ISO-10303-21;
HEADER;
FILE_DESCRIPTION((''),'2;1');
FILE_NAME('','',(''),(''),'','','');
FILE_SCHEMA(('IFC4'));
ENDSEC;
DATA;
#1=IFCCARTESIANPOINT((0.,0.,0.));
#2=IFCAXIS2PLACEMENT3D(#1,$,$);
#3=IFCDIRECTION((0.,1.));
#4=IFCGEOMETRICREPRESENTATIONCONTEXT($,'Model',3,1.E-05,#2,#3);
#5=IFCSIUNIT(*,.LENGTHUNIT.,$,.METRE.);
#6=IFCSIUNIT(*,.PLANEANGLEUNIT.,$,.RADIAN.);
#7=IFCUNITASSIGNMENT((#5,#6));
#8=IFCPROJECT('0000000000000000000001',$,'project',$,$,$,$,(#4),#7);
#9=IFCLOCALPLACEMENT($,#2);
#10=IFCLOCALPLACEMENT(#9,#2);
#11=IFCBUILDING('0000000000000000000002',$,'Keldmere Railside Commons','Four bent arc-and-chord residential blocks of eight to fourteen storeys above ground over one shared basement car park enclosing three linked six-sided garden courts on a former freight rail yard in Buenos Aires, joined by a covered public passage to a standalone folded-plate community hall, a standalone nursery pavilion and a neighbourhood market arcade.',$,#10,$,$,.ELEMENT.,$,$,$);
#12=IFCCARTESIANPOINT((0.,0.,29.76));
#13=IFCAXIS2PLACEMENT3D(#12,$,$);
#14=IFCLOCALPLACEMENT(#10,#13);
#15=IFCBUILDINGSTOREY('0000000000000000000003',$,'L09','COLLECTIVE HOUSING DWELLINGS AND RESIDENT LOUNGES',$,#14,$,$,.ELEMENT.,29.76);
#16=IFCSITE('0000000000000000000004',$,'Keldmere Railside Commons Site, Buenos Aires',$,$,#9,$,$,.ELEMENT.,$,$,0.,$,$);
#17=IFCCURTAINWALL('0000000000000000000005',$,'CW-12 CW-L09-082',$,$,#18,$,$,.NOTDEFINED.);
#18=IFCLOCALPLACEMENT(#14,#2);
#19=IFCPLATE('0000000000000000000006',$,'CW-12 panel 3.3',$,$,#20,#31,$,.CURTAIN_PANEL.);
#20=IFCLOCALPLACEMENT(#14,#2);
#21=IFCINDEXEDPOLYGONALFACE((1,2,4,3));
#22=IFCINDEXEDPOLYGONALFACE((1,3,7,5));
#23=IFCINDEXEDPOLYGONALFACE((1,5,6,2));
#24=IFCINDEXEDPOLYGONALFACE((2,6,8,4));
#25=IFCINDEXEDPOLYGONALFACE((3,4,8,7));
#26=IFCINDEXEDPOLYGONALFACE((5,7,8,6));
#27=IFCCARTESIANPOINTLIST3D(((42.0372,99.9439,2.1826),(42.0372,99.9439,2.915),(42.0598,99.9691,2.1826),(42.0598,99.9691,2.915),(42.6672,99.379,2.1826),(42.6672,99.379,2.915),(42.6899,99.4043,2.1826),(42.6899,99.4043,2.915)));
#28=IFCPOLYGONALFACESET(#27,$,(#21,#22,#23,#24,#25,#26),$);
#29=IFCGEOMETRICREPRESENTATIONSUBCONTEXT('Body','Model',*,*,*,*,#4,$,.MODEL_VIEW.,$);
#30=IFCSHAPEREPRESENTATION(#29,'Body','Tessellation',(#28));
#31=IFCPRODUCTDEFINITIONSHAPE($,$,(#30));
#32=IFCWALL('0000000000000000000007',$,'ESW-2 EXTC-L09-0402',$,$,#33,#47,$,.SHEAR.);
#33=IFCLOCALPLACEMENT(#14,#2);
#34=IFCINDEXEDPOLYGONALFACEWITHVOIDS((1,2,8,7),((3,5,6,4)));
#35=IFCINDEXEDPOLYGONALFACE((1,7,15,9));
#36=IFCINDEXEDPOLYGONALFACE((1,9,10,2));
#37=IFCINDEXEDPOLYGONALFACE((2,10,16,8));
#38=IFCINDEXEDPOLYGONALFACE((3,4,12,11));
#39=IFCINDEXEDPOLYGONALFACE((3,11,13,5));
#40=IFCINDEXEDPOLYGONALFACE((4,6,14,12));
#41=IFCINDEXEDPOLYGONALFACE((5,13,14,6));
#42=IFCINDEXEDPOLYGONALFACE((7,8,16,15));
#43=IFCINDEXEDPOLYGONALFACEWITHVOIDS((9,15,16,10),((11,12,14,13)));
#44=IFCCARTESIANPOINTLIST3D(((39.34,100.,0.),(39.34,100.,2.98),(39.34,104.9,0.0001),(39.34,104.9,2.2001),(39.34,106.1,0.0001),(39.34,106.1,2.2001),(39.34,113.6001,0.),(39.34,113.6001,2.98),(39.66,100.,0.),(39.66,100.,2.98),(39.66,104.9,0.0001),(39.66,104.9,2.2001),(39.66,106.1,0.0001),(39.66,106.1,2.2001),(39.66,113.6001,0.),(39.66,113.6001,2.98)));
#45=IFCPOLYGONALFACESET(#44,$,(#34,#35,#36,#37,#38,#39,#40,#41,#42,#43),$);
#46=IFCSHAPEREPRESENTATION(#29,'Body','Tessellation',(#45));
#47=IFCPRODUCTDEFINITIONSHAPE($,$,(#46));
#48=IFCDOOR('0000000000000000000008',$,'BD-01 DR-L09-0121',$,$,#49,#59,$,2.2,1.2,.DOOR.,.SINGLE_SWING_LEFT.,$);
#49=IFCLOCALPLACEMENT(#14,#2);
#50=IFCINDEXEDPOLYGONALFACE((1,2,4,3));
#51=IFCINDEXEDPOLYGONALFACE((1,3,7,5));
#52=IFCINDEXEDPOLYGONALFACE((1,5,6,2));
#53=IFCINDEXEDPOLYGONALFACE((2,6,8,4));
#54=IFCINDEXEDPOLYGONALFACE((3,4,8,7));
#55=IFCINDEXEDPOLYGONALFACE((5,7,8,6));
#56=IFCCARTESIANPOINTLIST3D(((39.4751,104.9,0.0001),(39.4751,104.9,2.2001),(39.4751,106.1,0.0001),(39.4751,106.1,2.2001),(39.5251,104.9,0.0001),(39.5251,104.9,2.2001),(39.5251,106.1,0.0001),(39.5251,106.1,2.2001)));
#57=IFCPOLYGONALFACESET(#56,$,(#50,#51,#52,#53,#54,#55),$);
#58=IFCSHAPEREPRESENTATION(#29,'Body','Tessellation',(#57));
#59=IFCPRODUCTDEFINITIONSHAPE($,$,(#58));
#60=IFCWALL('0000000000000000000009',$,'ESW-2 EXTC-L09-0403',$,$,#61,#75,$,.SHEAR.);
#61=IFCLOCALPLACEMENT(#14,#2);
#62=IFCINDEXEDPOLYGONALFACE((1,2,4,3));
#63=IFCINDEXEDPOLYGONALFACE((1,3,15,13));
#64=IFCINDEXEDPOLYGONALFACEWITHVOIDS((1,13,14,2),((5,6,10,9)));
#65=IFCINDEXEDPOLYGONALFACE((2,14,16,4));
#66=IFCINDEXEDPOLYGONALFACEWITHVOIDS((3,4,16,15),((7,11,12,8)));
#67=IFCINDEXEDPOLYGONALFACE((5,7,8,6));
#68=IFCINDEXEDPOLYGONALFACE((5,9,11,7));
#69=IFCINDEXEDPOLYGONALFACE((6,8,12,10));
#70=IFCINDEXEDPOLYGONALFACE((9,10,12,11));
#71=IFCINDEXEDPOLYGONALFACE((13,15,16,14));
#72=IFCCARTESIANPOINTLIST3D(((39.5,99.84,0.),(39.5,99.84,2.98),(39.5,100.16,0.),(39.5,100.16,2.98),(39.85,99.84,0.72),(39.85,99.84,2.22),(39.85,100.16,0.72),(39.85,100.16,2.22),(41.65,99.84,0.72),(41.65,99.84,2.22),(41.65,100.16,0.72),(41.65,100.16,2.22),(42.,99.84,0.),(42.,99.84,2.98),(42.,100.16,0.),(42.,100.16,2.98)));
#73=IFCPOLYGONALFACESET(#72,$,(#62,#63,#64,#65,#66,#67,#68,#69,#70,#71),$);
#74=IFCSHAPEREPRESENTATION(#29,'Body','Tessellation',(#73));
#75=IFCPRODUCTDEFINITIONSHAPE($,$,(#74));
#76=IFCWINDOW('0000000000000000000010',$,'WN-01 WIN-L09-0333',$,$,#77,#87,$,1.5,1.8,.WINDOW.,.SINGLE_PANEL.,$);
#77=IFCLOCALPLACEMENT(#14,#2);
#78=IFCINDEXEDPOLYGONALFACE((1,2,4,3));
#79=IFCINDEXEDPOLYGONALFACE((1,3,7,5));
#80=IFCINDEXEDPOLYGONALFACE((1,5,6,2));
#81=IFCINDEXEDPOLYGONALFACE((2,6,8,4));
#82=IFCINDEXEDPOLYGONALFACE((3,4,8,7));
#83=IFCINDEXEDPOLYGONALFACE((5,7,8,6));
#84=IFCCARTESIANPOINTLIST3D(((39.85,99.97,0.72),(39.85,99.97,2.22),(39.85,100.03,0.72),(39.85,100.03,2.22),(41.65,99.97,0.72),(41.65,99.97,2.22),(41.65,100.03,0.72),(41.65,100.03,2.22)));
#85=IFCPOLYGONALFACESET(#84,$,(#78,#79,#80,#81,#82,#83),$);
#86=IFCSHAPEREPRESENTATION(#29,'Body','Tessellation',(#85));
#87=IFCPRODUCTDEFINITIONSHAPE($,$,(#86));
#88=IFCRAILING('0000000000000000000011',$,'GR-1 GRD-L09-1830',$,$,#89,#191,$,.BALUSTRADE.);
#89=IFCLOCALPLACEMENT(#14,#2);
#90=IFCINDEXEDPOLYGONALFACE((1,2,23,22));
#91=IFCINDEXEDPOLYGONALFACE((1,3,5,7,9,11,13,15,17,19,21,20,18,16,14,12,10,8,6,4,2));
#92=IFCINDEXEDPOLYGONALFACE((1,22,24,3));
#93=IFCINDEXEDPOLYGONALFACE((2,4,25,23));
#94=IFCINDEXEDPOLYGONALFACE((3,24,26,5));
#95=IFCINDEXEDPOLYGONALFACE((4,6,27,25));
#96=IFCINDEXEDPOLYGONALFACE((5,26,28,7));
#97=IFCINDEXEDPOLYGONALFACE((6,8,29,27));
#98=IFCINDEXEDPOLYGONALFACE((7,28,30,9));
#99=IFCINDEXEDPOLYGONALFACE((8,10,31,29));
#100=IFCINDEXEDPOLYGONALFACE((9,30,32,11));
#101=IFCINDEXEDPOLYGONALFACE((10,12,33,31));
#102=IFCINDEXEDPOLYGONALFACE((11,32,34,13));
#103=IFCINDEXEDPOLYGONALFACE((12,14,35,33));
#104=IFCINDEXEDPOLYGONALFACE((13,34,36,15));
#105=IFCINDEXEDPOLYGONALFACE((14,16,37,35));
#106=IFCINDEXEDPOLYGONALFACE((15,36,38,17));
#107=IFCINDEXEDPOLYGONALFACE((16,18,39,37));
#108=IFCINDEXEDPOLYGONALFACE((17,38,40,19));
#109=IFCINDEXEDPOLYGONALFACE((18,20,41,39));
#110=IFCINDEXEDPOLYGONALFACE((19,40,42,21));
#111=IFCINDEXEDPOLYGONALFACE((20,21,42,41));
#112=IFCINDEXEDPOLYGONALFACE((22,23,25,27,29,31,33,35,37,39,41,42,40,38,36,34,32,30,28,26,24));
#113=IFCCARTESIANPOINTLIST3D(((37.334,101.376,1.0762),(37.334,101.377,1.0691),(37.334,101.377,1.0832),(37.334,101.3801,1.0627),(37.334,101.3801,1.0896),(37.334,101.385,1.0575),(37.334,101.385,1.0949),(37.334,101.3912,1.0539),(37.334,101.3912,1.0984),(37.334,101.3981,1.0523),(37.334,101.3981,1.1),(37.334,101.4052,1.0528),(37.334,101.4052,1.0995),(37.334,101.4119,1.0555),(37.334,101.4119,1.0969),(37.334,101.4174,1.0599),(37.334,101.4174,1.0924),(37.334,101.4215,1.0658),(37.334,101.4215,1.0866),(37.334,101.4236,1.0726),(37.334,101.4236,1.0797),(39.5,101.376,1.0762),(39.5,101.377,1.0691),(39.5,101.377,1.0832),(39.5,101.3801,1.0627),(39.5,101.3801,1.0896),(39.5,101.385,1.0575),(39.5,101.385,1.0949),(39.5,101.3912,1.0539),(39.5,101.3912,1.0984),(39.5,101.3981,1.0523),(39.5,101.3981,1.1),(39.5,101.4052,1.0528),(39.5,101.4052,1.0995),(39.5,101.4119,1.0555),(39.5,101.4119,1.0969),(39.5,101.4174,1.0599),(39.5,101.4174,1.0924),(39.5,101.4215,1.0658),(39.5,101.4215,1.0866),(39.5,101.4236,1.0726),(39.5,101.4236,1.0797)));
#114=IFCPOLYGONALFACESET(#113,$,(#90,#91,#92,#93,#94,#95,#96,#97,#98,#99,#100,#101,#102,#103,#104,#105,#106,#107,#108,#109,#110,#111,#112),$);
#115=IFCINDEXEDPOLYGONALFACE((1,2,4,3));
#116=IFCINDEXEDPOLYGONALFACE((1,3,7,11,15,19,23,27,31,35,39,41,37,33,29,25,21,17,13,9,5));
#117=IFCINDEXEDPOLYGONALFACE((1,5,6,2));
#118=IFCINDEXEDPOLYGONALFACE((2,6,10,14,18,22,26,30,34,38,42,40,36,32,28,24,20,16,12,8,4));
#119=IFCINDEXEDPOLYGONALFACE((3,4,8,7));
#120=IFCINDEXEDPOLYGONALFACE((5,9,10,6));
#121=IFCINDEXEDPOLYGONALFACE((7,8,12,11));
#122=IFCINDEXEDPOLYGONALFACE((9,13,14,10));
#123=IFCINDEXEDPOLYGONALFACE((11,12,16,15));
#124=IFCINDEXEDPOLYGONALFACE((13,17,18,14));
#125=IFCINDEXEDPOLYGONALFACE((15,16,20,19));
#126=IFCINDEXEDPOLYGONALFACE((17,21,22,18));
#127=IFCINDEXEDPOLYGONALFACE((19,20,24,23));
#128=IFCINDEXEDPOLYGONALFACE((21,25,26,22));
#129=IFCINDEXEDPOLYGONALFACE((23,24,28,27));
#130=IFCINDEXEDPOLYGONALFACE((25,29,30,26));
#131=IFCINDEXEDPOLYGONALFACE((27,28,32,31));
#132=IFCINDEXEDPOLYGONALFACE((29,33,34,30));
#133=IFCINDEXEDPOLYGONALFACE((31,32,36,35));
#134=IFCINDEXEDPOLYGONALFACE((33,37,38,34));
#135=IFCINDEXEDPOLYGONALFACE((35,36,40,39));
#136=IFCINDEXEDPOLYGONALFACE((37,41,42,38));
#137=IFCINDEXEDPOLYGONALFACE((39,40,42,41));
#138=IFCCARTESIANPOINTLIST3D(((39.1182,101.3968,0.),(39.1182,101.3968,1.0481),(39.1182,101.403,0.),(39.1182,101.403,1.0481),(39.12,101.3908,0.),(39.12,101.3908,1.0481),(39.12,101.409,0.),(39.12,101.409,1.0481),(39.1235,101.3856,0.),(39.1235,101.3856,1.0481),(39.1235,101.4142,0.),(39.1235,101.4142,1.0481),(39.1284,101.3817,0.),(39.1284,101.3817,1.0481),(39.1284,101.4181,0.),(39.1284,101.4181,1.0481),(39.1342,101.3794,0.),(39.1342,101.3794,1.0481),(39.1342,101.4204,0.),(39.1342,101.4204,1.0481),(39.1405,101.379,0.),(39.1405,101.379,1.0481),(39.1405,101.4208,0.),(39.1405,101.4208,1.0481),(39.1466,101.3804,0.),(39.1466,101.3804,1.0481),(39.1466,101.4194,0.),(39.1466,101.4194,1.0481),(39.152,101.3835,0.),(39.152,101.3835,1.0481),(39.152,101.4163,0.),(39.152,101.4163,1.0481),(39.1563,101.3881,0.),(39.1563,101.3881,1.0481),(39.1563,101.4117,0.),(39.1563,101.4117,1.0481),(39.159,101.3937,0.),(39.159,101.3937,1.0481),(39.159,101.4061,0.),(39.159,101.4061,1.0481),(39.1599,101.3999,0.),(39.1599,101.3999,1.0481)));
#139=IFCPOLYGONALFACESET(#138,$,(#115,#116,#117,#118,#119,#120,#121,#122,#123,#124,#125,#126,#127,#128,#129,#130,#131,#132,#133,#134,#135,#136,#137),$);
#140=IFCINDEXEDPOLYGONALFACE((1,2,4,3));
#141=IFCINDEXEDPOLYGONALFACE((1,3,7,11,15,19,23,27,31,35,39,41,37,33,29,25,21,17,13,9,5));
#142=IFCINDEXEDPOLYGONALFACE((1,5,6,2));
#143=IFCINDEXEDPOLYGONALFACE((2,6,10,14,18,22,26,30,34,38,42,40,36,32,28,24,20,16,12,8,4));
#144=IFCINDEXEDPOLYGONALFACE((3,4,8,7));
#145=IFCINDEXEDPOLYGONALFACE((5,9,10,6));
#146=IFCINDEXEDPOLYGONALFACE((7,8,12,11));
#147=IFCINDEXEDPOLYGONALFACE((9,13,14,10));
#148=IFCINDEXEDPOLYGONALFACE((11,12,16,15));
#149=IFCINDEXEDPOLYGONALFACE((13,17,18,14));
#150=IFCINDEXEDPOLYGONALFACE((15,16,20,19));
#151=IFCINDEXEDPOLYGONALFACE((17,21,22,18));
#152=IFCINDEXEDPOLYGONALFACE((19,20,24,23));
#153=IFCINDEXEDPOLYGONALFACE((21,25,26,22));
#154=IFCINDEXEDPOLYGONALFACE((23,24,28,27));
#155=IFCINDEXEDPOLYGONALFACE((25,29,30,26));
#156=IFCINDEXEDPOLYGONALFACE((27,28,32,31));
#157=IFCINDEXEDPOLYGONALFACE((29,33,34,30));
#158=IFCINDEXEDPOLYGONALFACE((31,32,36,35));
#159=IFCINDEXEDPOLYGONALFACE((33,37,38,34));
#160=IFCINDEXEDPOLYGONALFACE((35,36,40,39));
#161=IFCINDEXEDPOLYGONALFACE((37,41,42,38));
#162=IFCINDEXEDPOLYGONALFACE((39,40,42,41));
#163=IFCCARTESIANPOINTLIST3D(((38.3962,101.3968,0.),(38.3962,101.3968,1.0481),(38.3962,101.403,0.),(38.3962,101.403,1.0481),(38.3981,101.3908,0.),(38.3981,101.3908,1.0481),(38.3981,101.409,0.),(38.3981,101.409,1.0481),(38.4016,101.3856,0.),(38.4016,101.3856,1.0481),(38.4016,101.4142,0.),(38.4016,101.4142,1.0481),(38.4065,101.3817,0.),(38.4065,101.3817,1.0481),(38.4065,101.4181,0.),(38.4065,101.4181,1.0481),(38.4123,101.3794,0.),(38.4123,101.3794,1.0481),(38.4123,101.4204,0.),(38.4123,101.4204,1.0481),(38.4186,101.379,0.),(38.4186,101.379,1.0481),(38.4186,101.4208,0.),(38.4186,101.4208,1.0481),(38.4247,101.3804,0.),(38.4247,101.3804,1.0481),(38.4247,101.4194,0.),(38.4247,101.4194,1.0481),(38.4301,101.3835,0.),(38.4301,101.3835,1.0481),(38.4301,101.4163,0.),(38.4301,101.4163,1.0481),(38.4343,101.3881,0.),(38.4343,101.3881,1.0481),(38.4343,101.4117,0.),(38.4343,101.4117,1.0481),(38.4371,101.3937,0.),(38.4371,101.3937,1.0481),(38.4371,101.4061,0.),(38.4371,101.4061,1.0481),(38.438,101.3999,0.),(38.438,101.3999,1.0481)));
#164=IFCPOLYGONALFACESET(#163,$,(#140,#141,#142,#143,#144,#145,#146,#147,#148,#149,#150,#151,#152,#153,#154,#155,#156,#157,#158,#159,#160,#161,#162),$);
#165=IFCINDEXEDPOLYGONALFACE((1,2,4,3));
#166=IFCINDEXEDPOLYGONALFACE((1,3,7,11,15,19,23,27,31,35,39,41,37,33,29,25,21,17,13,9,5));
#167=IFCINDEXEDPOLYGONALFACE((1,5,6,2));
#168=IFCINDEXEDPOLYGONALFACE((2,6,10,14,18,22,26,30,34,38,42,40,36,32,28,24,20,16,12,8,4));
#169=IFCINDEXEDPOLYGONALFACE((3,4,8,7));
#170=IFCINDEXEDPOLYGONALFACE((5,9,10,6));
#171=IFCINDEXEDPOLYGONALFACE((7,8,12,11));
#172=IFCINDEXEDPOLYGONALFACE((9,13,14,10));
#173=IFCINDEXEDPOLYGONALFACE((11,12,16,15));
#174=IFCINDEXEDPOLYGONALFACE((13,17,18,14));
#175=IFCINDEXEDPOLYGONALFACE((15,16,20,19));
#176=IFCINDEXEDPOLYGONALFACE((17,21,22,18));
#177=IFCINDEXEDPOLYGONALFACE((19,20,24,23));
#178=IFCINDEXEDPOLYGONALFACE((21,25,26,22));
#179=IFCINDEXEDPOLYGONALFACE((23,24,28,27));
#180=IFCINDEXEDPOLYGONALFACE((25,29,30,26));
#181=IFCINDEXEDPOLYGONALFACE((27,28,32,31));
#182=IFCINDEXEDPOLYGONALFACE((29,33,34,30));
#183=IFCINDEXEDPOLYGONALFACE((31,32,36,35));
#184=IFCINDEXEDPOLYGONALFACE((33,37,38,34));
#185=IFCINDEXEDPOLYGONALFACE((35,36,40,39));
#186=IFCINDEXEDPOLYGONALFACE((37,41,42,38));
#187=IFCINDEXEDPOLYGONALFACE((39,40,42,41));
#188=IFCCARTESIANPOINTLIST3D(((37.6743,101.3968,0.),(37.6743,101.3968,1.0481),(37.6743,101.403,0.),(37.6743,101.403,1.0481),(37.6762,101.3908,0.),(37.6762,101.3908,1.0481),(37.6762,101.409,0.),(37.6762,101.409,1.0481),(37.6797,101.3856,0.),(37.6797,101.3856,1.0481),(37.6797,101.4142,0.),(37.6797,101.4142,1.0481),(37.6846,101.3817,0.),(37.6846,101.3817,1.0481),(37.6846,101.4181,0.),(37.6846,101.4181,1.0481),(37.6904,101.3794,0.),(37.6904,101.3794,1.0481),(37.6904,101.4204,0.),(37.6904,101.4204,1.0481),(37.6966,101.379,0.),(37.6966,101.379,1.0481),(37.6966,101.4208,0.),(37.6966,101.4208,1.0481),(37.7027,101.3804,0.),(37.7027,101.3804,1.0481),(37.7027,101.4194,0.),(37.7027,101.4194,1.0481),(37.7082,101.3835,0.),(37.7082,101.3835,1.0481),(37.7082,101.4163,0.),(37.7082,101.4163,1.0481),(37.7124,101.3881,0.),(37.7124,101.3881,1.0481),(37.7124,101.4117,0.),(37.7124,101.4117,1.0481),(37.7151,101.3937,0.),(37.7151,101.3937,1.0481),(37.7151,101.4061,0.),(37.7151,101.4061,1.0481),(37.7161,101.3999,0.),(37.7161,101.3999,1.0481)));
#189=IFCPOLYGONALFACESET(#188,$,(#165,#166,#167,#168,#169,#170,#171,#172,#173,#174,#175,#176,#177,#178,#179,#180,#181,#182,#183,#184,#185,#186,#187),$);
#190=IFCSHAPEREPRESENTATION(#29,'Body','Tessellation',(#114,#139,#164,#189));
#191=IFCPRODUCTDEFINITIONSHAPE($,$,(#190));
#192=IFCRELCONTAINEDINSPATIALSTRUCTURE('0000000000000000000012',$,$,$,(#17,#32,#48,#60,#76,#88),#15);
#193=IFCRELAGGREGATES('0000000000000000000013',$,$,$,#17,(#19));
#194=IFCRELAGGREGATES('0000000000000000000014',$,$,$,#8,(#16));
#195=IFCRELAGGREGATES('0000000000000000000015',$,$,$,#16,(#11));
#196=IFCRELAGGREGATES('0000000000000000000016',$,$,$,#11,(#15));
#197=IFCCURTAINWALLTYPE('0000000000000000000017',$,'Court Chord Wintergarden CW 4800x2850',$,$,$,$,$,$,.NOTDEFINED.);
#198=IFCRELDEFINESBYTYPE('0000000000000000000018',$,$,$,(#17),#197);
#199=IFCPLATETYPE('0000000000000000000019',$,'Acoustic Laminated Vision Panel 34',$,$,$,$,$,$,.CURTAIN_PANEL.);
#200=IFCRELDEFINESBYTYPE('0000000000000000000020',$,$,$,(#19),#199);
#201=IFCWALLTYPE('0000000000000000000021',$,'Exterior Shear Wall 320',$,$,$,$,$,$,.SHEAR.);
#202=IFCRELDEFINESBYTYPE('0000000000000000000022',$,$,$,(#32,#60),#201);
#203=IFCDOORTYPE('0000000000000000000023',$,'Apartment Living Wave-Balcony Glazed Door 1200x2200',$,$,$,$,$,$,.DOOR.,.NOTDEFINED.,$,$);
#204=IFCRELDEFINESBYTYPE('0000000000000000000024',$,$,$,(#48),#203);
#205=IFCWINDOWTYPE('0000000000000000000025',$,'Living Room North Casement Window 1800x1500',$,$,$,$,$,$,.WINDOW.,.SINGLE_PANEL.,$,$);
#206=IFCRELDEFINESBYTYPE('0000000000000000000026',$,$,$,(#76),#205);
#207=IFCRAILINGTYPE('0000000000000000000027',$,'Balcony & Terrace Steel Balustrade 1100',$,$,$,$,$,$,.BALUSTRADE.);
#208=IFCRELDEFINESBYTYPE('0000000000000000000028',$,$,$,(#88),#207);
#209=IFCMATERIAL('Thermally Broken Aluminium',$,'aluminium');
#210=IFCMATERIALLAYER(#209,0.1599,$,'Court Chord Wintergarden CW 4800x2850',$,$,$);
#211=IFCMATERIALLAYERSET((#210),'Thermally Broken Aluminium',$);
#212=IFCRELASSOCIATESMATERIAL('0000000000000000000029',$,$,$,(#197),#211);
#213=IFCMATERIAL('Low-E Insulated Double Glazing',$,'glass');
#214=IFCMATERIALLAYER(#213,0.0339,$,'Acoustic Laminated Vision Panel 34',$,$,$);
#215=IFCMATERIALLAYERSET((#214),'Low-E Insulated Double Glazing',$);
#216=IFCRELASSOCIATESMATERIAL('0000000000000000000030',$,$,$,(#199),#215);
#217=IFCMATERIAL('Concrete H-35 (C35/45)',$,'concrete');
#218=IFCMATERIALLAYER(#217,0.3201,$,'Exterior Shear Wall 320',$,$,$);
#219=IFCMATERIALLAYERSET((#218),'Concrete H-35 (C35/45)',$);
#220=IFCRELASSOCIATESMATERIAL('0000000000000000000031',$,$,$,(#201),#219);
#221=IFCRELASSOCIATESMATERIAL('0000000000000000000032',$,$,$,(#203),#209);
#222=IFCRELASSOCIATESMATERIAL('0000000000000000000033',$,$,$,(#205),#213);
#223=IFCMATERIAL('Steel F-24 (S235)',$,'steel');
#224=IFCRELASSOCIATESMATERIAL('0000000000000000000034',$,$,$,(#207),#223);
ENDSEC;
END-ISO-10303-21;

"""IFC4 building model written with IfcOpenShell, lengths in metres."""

from ifc_helpers import new_model, si_unit, direction, frame, frame_2d, origin, origin_2d, place, context, subcontext, project, spatial, rectangle, circle, extrude, material, layer, layer_set, type_object, element, fill, aggregate, save


model = new_model("IFC4")

# Units and contexts
model_context = context("Model", 3, precision=1e-05, world=origin(), true_north=direction((0.0, 1.0)))
body_context = subcontext(model_context, "Body", "Model", "MODEL_VIEW")
ifc_project = project(units=[si_unit("LENGTHUNIT", "METRE"), si_unit("PLANEANGLEUNIT", "RADIAN")], contexts=[model_context])

# Site, building, storey
site_placement = place(None, origin())
site = spatial("IfcSite", under=ifc_project, at=site_placement, Name="Keldmere Railside Commons Site, Buenos Aires", CompositionType="ELEMENT", RefElevation=0.0)
building_placement = place(site_placement, origin())
building = spatial("IfcBuilding", under=site, at=building_placement, Name="Keldmere Railside Commons", Description="Four bent arc-and-chord residential blocks of eight to fourteen storeys above ground over one shared basement car park enclosing three linked six-sided garden courts on a former freight rail yard in Buenos Aires, joined by a covered public passage to a standalone folded-plate community hall, a standalone nursery pavilion and a neighbourhood market arcade.", CompositionType="ELEMENT")
storey_placement = place(building_placement, frame((0.0, 0.0, 29.76)))
storey = spatial("IfcBuildingStorey", under=building, at=storey_placement, Name="L09", Description="COLLECTIVE HOUSING DWELLINGS AND RESIDENT LOUNGES", CompositionType="ELEMENT", Elevation=29.76)

# Shared definitions
ifc_material_1 = material(Name="Concrete H-35 (C35/45)", Category="concrete")

# Curtain wall, plate
ifc_material_2 = material(Name="Thermally Broken Aluminium", Category="aluminium")
ifc_layer_1 = layer(ifc_material_2, 0.1599, Name="Court Chord Wintergarden CW 4800x2850")
ifc_layer_set_1 = layer_set([ifc_layer_1], Name="Thermally Broken Aluminium")
curtain_wall_type = type_object("IfcCurtainWallType", Name="Court Chord Wintergarden CW 4800x2850", PredefinedType="NOTDEFINED", material=ifc_layer_set_1)
curtain_wall_placement = place(storey_placement, origin())
curtain_wall = element("IfcCurtainWall", 1, at=curtain_wall_placement, inside=storey, type_object=curtain_wall_type, Name="CW-12 CW-L09-082", PredefinedType="NOTDEFINED")
ifc_material_3 = material(Name="Low-E Insulated Double Glazing", Category="glass")
ifc_layer_2 = layer(ifc_material_3, 0.0339, Name="Acoustic Laminated Vision Panel 34")
ifc_layer_set_2 = layer_set([ifc_layer_2], Name="Low-E Insulated Double Glazing")
plate_type = type_object("IfcPlateType", Name="Acoustic Laminated Vision Panel 34", PredefinedType="CURTAIN_PANEL", material=ifc_layer_set_2)
plate_1_placement = place(storey_placement, frame((42.3635, 99.6741, 2.1826), z_axis=(0.0, 0.0, 1.0), x_axis=(-0.744557, 0.667559, 0.0)))
plate_1 = element("IfcPlate", 2, at=plate_1_placement, type_object=plate_type, Name="CW-12 panel 3.3", PredefinedType="CURTAIN_PANEL", context=body_context, shape_type="SweptSolid", body=[
    extrude(rectangle(XDim=0.8462, YDim=0.0339, at=origin_2d()), origin(), (0.0, 0.0, 1.0), 0.7324),
])
aggregate(curtain_wall, [plate_1])

# Wall, opening, door
ifc_layer_3 = layer(ifc_material_1, 0.3201, Name="Exterior Shear Wall 320")
ifc_layer_set_3 = layer_set([ifc_layer_3], Name="Concrete H-35 (C35/45)")
wall_type = type_object("IfcWallType", Name="Exterior Shear Wall 320", PredefinedType="SHEAR", material=ifc_layer_set_3)
wall_1_placement = place(storey_placement, frame((39.5, 100.0, 0.0), z_axis=(0.0, 0.0, 1.0), x_axis=(0.0, 1.0, 0.0)))
wall_1 = element("IfcWall", 3, at=wall_1_placement, inside=storey, type_object=wall_type, Name="ESW-2 EXTC-L09-0402", PredefinedType="SHEAR", context=body_context, shape_type="SweptSolid", body=[
    extrude(rectangle(XDim=13.6001, YDim=0.3201, at=frame_2d((6.8, 0.0))), origin(), (0.0, 0.0, 1.0), 2.98),
])
opening_1_placement = place(wall_1_placement, frame((4.8999, 0.0, 0.0)))
opening_1 = element("IfcOpeningElement", 4, at=opening_1_placement, cuts=wall_1, PredefinedType="OPENING", context=body_context, shape_type="SweptSolid", body=[
    extrude(rectangle(XDim=1.2, YDim=2.2, at=frame_2d((0.6001, 1.1001))), frame((0.0, 0.1699, 0.0), z_axis=(0.0, -1.0, 0.0), x_axis=(1.0, 0.0, 0.0)), (0.0, 0.0, 1.0), 0.3401),
])
door_type = type_object("IfcDoorType", Name="Apartment Living Wave-Balcony Glazed Door 1200x2200", OperationType="NOTDEFINED", PredefinedType="DOOR", material=ifc_material_2)
door_placement = place(opening_1_placement, origin())
door = element("IfcDoor", 5, at=door_placement, inside=storey, type_object=door_type, Name="BD-01 DR-L09-0121", OperationType="SINGLE_SWING_LEFT", OverallHeight=2.2, OverallWidth=1.2, PredefinedType="DOOR", context=body_context, shape_type="SweptSolid", body=[
    extrude(rectangle(XDim=1.2, YDim=2.2, at=frame_2d((0.6001, 1.1001))), frame((0.0, 0.0249, 0.0), z_axis=(0.0, -1.0, 0.0), x_axis=(1.0, 0.0, 0.0)), (0.0, 0.0, 1.0), 0.05),
])
fill(opening_1, door)

# Wall, opening, window
wall_2_placement = place(storey_placement, frame((42.0, 100.0, 0.0), z_axis=(0.0, 0.0, 1.0), x_axis=(-1.0, 0.0, 0.0)))
wall_2 = element("IfcWall", 6, at=wall_2_placement, inside=storey, type_object=wall_type, Name="ESW-2 EXTC-L09-0403", PredefinedType="SHEAR", context=body_context, shape_type="SweptSolid", body=[
    extrude(rectangle(XDim=2.5, YDim=0.3201, at=frame_2d((1.25, 0.0))), origin(), (0.0, 0.0, 1.0), 2.98),
])
opening_2_placement = place(wall_2_placement, frame((0.3501, 0.0, 0.72)))
opening_2 = element("IfcOpeningElement", 7, at=opening_2_placement, cuts=wall_2, PredefinedType="OPENING", context=body_context, shape_type="SweptSolid", body=[
    extrude(rectangle(XDim=1.8, YDim=1.5, at=frame_2d((0.8999, 0.75))), frame((0.0, 0.1699, 0.0), z_axis=(0.0, -1.0, 0.0), x_axis=(1.0, 0.0, 0.0)), (0.0, 0.0, 1.0), 0.3401),
])
window_type = type_object("IfcWindowType", Name="Living Room North Casement Window 1800x1500", PartitioningType="SINGLE_PANEL", PredefinedType="WINDOW", material=ifc_material_3)
window_placement = place(opening_2_placement, origin())
window = element("IfcWindow", 8, at=window_placement, inside=storey, type_object=window_type, Name="WN-01 WIN-L09-0333", OverallHeight=1.5, OverallWidth=1.8, PartitioningType="SINGLE_PANEL", PredefinedType="WINDOW", context=body_context, shape_type="SweptSolid", body=[
    extrude(rectangle(XDim=1.8, YDim=1.5, at=frame_2d((0.8999, 0.75))), frame((0.0, 0.03, 0.0), z_axis=(0.0, -1.0, 0.0), x_axis=(1.0, 0.0, 0.0)), (0.0, 0.0, 1.0), 0.0601),
])
fill(opening_2, window)

# Railing
ifc_material_4 = material(Name="Steel F-24 (S235)", Category="steel")
railing_type = type_object("IfcRailingType", Name="Balcony & Terrace Steel Balustrade 1100", PredefinedType="BALUSTRADE", material=ifc_material_4)
railing_1_placement = place(storey_placement, frame((39.5, 101.3999, 0.0)))
element("IfcRailing", 9, at=railing_1_placement, inside=storey, type_object=railing_type, Name="GR-1 GRD-L09-1830", PredefinedType="BALUSTRADE", context=body_context, shape_type="SweptSolid", body=[
    extrude(circle(Radius=0.0239, at=origin_2d()), frame((0.0, 0.0, 1.0762), z_axis=(-1.0, 0.0, 0.0), x_axis=(0.0, -1.0, 0.0)), (0.0, 0.0, 1.0), 2.166),
    extrude(circle(Radius=0.021, at=origin_2d()), frame((-0.3611, 0.0, 0.0)), (0.0, 0.0, 1.0), 1.0481),
    extrude(circle(Radius=0.021, at=origin_2d()), frame((-1.083, 0.0, 0.0)), (0.0, 0.0, 1.0), 1.0481),
    extrude(circle(Radius=0.021, at=origin_2d()), frame((-1.8049, 0.0, 0.0)), (0.0, 0.0, 1.0), 1.0481),
])

save(model, "model.ifc")
